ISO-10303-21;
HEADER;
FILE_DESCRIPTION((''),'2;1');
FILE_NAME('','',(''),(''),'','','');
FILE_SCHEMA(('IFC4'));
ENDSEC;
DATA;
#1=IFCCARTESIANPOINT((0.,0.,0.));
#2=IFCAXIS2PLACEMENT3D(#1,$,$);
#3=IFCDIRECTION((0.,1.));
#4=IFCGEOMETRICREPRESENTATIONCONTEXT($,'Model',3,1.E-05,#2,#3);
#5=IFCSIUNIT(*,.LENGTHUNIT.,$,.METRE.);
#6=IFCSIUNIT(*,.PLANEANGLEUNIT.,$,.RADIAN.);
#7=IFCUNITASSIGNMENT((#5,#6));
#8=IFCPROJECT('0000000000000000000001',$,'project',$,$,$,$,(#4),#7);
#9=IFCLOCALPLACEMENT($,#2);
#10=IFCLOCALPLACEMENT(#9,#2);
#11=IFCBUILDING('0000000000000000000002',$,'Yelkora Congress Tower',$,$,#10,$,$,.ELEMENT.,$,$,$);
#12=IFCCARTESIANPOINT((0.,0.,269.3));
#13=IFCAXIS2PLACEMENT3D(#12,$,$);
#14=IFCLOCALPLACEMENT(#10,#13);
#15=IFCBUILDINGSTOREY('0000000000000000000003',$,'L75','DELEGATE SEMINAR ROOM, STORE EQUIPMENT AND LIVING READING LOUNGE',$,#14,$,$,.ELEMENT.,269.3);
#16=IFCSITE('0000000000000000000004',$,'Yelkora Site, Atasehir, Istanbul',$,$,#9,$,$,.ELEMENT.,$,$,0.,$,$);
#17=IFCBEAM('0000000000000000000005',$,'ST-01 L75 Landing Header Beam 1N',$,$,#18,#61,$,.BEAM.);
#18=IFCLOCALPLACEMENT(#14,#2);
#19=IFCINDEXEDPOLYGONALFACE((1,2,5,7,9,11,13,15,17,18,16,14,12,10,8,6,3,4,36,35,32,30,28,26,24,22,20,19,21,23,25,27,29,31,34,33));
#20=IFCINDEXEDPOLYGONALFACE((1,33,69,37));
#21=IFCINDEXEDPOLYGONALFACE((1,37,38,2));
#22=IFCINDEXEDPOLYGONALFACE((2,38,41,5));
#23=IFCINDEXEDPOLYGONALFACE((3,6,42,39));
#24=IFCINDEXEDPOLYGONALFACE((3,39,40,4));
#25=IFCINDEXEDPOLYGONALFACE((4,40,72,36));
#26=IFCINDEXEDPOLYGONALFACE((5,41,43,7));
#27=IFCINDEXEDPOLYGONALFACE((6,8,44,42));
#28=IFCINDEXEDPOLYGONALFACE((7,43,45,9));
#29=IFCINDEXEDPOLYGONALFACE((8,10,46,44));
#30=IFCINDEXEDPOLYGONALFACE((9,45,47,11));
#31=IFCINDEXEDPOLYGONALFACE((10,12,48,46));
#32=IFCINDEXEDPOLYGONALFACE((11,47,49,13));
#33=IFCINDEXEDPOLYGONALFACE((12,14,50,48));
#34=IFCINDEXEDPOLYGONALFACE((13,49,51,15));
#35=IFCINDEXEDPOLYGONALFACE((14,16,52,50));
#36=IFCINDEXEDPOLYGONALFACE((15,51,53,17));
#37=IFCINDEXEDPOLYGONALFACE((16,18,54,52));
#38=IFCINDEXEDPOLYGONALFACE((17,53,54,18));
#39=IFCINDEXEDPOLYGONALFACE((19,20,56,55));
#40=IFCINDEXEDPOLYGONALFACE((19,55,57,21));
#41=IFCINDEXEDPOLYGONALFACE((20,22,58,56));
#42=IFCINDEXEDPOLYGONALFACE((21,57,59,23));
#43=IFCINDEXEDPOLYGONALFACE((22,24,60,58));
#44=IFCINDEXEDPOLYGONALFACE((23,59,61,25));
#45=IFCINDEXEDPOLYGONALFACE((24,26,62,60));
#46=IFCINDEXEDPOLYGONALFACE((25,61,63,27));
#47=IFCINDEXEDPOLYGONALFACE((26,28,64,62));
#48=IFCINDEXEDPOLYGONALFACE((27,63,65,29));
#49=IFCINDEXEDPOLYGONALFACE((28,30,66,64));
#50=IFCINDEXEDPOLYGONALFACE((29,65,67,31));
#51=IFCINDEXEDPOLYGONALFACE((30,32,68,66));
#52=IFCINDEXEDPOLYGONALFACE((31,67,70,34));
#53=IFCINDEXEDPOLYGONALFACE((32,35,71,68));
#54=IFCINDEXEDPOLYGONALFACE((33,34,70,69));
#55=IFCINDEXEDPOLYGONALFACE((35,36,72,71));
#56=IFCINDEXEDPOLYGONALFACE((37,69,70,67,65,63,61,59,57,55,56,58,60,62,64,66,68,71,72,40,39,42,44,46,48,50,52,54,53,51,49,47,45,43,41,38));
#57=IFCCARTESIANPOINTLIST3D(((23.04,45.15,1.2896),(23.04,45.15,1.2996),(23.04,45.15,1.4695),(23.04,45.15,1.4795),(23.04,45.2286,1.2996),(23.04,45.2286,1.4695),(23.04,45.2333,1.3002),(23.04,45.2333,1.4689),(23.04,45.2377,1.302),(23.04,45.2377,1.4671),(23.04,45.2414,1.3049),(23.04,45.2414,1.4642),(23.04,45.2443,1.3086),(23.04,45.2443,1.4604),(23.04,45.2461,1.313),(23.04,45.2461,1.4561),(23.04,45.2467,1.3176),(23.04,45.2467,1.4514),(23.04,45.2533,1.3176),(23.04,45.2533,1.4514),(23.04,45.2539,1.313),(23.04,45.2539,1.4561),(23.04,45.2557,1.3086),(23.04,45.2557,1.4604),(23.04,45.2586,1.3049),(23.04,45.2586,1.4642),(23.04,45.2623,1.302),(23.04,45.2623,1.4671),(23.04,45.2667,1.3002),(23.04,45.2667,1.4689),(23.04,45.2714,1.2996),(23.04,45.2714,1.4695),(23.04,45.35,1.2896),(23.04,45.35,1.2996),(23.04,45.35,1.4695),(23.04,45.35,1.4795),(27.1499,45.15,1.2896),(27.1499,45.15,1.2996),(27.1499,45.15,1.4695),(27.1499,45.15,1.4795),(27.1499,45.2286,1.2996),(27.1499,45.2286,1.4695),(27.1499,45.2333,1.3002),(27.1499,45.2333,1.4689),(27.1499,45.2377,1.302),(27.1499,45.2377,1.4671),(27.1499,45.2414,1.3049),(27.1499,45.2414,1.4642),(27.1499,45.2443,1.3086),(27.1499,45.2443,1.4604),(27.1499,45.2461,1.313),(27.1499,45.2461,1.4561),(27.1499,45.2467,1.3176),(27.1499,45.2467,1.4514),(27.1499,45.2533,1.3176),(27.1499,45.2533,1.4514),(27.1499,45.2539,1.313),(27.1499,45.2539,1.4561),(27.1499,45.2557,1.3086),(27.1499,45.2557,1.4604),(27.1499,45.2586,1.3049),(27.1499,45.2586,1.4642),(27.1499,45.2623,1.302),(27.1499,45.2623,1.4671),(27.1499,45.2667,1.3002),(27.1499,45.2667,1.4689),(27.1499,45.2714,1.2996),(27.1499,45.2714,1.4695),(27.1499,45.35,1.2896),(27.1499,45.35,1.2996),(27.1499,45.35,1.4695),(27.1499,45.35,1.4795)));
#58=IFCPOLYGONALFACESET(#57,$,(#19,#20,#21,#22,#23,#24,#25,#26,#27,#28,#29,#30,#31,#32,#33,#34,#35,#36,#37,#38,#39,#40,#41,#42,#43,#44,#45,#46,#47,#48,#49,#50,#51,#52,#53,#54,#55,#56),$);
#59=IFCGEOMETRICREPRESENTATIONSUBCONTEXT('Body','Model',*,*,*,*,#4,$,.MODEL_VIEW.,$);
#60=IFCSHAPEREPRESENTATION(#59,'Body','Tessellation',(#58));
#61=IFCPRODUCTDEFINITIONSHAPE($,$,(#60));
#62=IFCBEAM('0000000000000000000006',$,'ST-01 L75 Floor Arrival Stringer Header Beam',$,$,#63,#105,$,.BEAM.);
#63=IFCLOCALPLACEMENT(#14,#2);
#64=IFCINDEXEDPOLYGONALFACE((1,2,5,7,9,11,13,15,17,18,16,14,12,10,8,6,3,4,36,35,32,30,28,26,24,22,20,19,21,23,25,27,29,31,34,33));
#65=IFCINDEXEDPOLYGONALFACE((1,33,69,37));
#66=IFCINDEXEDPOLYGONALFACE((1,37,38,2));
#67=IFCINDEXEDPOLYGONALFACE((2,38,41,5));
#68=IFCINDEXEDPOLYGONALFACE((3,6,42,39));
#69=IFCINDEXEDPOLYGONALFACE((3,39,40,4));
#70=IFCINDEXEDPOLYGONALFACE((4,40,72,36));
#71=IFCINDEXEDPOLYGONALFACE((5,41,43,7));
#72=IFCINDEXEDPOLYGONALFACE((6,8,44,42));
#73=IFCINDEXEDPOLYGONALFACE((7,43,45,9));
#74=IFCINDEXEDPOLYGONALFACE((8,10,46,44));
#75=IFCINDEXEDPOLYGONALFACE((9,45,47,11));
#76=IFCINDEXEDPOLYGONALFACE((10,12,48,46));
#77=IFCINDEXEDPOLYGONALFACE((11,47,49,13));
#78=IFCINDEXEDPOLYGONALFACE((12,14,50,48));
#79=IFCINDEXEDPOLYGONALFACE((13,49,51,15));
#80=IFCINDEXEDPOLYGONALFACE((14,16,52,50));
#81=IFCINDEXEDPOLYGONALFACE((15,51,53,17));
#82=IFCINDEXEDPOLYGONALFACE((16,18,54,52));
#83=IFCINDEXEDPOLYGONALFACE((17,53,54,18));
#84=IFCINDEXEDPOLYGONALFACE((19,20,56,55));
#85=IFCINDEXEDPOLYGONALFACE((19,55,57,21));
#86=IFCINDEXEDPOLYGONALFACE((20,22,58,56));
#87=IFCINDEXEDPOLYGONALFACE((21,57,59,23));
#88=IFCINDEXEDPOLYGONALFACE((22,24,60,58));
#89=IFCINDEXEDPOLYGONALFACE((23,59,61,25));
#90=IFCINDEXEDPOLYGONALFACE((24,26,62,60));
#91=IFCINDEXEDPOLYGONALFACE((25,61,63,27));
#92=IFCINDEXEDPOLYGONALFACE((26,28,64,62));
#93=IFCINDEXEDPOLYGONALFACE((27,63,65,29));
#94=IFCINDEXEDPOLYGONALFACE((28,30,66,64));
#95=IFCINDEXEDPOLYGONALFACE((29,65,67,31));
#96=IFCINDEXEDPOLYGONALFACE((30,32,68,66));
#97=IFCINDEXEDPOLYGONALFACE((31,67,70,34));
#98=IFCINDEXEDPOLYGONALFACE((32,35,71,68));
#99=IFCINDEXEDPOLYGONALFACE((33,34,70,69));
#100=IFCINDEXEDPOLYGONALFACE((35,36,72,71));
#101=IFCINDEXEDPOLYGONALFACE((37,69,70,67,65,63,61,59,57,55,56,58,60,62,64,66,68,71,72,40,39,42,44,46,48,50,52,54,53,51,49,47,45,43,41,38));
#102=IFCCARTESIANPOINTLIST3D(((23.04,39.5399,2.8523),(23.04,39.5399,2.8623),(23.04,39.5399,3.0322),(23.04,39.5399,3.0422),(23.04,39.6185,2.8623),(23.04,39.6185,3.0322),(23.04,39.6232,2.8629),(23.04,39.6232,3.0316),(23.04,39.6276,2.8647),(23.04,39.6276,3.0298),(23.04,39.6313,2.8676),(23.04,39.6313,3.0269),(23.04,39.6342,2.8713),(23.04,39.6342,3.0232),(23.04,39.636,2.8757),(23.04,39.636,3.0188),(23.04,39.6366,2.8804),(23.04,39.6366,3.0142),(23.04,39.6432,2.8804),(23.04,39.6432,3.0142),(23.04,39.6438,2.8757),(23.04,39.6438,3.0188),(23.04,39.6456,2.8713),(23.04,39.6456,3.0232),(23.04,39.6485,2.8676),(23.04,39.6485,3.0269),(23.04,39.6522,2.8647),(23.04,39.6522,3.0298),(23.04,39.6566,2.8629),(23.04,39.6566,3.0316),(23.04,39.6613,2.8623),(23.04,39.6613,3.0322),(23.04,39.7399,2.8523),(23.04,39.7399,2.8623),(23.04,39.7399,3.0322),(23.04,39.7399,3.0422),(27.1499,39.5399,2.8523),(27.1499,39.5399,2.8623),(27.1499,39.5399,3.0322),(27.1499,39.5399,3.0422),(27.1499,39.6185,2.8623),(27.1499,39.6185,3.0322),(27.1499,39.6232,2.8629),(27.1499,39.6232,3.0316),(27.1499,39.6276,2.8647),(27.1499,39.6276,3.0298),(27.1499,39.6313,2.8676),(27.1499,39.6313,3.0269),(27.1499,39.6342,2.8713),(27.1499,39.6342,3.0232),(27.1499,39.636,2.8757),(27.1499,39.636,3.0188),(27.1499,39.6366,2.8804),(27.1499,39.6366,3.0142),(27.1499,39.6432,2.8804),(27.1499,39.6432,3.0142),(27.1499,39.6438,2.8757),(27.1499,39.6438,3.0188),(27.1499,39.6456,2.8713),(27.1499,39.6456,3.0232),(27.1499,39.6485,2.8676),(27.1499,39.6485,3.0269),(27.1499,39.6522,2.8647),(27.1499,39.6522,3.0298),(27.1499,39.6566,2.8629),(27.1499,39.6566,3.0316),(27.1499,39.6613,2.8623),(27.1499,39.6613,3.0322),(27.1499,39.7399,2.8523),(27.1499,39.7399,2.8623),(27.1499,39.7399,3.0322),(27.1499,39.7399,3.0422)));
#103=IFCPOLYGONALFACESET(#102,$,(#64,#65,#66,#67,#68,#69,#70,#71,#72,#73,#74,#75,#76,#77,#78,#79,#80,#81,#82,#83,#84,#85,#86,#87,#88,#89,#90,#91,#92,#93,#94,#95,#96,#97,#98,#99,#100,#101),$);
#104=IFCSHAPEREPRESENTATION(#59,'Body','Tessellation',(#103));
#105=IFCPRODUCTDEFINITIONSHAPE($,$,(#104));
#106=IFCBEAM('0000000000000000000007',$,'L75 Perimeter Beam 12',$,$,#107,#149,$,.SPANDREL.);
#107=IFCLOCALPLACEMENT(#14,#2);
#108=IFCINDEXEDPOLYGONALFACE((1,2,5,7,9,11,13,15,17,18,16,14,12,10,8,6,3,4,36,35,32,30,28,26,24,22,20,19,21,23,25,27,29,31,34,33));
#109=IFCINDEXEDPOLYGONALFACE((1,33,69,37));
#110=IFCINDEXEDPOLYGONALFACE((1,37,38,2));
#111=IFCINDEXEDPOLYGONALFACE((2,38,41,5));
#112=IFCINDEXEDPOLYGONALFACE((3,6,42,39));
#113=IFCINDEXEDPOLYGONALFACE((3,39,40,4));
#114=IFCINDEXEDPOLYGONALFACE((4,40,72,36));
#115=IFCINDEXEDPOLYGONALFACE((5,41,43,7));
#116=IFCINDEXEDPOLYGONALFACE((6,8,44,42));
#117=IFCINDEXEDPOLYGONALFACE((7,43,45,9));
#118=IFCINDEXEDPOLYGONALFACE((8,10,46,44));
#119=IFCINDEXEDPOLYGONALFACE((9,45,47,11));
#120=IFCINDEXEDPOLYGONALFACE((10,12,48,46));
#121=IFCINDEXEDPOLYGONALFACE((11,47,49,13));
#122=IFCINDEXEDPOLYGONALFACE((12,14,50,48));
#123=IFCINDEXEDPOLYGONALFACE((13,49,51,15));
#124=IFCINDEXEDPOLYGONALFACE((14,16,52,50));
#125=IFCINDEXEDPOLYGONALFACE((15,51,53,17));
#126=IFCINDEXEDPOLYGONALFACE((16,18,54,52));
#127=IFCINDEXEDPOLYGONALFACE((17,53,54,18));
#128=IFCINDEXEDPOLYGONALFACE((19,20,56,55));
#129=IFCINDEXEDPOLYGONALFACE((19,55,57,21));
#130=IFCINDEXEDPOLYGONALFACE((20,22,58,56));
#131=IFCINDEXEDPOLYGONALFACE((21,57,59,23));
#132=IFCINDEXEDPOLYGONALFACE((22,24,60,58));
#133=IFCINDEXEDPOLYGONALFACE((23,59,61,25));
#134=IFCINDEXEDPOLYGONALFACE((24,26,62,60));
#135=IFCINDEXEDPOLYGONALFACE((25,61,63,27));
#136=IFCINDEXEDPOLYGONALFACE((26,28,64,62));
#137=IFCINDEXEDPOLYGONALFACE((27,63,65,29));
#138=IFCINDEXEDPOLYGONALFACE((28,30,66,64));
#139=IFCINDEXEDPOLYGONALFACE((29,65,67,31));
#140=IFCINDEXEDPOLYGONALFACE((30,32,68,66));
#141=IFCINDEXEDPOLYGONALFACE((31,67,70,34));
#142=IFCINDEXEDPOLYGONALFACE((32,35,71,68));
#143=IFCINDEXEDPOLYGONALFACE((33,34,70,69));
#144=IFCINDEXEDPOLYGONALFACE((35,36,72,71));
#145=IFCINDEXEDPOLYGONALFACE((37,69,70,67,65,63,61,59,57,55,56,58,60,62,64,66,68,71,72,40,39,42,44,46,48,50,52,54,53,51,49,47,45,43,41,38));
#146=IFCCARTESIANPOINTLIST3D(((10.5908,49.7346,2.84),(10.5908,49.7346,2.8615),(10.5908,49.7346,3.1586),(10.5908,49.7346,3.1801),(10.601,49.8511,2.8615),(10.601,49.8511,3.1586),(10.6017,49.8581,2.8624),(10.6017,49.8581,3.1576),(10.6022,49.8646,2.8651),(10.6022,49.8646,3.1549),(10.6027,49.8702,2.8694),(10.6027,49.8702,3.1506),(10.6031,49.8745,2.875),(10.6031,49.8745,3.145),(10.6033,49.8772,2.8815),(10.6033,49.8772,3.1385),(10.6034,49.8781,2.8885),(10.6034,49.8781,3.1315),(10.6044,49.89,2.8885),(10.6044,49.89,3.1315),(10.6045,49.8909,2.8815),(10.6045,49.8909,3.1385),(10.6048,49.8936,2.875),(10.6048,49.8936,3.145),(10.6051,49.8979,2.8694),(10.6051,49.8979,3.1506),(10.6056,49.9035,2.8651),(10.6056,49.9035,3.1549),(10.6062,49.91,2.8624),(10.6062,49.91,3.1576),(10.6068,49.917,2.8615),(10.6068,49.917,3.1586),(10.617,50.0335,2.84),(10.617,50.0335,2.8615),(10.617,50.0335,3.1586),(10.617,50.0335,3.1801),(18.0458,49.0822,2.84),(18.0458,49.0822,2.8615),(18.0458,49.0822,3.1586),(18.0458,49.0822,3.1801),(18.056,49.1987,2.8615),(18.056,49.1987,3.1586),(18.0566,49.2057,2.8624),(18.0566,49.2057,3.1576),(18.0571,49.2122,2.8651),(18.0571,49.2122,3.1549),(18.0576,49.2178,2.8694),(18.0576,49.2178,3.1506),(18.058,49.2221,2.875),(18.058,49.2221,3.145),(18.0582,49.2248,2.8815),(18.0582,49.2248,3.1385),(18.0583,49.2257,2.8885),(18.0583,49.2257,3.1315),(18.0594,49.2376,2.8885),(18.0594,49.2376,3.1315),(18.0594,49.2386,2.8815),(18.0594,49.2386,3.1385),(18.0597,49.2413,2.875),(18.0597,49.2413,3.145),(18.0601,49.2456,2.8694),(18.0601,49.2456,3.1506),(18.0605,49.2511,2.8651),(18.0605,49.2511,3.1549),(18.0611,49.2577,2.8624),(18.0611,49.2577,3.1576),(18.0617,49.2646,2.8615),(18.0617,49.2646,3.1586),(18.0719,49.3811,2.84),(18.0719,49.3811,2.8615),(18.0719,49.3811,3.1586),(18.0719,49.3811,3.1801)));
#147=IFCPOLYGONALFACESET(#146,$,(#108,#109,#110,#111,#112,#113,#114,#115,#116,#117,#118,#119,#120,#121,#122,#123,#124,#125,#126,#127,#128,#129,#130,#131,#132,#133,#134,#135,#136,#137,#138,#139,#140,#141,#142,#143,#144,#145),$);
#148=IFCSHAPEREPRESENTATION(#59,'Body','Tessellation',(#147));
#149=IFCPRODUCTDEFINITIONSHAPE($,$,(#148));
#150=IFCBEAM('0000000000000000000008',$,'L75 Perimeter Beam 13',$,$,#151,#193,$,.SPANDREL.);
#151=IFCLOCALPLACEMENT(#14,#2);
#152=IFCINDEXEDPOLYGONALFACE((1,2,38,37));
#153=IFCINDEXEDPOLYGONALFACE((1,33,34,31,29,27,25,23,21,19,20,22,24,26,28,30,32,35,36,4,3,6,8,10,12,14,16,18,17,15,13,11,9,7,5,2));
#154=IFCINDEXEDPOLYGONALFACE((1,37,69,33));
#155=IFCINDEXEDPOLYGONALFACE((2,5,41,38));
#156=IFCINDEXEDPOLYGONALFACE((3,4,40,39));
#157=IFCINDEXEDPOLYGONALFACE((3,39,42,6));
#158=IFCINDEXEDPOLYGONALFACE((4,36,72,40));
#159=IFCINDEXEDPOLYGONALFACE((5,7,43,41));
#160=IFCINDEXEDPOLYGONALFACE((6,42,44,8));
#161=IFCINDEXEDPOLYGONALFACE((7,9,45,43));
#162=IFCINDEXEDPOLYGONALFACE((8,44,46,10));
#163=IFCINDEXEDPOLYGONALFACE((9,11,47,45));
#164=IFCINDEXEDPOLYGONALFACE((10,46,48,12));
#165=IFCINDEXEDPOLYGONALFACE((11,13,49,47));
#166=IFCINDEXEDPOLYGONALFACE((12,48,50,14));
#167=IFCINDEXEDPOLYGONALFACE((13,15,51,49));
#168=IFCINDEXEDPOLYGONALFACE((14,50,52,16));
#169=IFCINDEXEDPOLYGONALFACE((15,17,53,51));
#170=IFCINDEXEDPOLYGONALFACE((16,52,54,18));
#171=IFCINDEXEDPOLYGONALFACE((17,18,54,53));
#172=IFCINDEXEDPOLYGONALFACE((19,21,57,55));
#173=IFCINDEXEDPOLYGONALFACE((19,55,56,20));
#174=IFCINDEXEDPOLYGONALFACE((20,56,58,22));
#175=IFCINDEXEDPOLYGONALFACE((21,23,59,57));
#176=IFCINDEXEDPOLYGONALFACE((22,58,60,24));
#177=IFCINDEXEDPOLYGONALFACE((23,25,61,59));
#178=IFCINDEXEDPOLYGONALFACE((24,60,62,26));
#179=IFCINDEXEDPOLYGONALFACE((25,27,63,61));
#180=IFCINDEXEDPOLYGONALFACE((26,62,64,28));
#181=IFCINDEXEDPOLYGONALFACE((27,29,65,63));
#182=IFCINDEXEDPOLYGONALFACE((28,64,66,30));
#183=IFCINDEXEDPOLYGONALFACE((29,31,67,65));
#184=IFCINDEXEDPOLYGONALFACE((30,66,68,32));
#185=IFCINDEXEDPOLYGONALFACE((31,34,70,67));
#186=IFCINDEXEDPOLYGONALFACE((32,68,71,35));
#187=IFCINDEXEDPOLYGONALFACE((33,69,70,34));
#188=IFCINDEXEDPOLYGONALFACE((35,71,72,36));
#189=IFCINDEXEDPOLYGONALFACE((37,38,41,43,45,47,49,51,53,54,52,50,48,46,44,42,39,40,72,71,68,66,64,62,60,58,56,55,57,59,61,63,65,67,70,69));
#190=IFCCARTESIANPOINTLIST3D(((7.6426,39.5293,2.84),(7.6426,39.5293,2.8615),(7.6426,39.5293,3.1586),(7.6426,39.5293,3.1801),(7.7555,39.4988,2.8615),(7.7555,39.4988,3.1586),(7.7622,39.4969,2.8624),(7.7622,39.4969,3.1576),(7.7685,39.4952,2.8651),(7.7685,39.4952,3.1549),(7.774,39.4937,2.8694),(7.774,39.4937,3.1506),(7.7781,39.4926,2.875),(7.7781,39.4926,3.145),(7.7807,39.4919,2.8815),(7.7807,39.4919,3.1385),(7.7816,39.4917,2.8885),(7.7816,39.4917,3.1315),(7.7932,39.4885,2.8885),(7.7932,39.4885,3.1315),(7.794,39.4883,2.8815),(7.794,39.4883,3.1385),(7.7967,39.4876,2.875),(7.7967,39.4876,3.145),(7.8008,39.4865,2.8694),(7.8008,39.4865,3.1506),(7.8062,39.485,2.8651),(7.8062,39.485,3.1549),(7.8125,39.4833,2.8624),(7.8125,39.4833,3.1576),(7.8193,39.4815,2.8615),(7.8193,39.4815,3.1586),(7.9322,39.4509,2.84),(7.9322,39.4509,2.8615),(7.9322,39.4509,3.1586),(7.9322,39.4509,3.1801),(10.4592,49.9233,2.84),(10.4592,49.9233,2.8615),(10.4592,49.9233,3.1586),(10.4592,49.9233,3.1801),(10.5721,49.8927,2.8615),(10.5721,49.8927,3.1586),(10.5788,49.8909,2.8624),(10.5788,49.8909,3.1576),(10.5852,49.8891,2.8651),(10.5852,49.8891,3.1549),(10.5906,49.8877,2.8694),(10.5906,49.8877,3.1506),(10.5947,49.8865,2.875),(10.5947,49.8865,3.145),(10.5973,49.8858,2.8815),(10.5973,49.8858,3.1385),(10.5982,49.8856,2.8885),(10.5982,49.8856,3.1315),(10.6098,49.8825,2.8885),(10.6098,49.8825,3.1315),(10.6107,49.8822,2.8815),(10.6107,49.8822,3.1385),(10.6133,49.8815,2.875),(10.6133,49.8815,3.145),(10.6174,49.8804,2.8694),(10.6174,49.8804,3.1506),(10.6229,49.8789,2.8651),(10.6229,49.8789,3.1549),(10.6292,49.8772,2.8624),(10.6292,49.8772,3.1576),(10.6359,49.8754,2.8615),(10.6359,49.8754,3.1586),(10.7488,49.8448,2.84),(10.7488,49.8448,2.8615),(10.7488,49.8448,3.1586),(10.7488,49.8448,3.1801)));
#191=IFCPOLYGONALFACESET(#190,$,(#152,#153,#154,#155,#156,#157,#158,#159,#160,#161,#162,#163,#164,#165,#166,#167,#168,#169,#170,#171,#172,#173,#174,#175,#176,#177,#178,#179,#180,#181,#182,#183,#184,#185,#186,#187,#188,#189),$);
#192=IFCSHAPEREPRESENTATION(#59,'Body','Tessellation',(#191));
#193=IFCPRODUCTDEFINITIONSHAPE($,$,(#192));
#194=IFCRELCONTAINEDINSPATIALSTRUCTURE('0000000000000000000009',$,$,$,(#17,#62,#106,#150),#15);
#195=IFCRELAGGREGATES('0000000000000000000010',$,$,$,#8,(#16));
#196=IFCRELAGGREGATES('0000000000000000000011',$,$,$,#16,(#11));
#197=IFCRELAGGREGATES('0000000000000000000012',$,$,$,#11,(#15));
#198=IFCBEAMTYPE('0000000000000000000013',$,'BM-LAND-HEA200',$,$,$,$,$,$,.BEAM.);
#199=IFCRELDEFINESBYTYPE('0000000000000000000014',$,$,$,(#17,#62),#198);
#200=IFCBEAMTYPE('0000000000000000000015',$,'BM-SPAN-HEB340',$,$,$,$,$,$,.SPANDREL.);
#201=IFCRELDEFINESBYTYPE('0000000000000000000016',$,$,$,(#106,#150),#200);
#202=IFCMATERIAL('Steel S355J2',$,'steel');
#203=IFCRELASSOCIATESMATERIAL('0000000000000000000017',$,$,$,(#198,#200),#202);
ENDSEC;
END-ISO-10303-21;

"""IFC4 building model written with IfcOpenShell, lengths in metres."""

from ifc_helpers import new_model, si_unit, direction, frame, origin, origin_2d, place, context, subcontext, project, spatial, i_section, extrude, material, material_profile, profile_set, type_object, element, save


model = new_model("IFC4")

# Units and contexts
model_context = context("Model", 3, precision=1e-05, world=origin(), true_north=direction((0.0, 1.0)))
body_context = subcontext(model_context, "Body", "Model", "MODEL_VIEW")
ifc_project = project(units=[si_unit("LENGTHUNIT", "METRE"), si_unit("PLANEANGLEUNIT", "RADIAN")], contexts=[model_context])

# Site, building, storey
site_placement = place(None, origin())
site = spatial("IfcSite", under=ifc_project, at=site_placement, Name="Yelkora Site, Atasehir, Istanbul", CompositionType="ELEMENT", RefElevation=0.0)
building_placement = place(site_placement, origin())
building = spatial("IfcBuilding", under=site, at=building_placement, Name="Yelkora Congress Tower", CompositionType="ELEMENT")
storey_placement = place(building_placement, frame((0.0, 0.0, 269.3)))
storey = spatial("IfcBuildingStorey", under=building, at=storey_placement, Name="L75", Description="DELEGATE SEMINAR ROOM, STORE EQUIPMENT AND LIVING READING LOUNGE", CompositionType="ELEMENT", Elevation=269.3)

# Shared definitions
ifc_material_1 = material(Name="Steel S355J2", Category="steel")

# Beams
ifc_material_profile_1 = material_profile(ifc_material_1, i_section(OverallWidth=0.2, OverallDepth=0.1899, WebThickness=0.0066, FlangeThickness=0.01, FilletRadius=0.0181, at=origin_2d()), Name="HEA 200")
ifc_profile_set_1 = profile_set([ifc_material_profile_1], Name="Steel S355J2")
beam_type_1 = type_object("IfcBeamType", Name="BM-LAND-HEA200", PredefinedType="BEAM", material=ifc_profile_set_1)
for number, where, z_axis, x_axis, name in (
    (1, (23.04, 45.25, 1.3845), (1.0, 0.0, 0.0), (0.0, 1.0, 0.0), "ST-01 L75 Landing Header Beam 1N"),
    (2, (23.04, 39.6399, 2.9473), (1.0, 0.0, 0.0), (0.0, 1.0, 0.0), "ST-01 L75 Floor Arrival Stringer Header Beam"),
):
    element("IfcBeam", number, at=place(storey_placement, frame(where, z_axis=z_axis, x_axis=x_axis)), inside=storey, type_object=beam_type_1, Name=name, PredefinedType="BEAM", context=body_context, shape_type="SweptSolid", body=[
        extrude(i_section(OverallWidth=0.2, OverallDepth=0.1899, WebThickness=0.0066, FlangeThickness=0.01, FilletRadius=0.0181, at=origin_2d()), origin(), (0.0, 0.0, 1.0), 4.1099),
    ])
ifc_material_profile_2 = material_profile(ifc_material_1, i_section(OverallWidth=0.3, OverallDepth=0.3401, WebThickness=0.012, FlangeThickness=0.0215, FilletRadius=0.0271, at=origin_2d()), Name="HEB 340")
ifc_profile_set_2 = profile_set([ifc_material_profile_2], Name="Steel S355J2")
beam_type_2 = type_object("IfcBeamType", Name="BM-SPAN-HEB340", PredefinedType="SPANDREL", material=ifc_profile_set_2)
beam_1_placement = place(storey_placement, frame((18.0588, 49.2317, 3.01), z_axis=(-0.996193, 0.087173, 0.0), x_axis=(-0.087173, -0.996193, 0.0)))
element("IfcBeam", 3, at=beam_1_placement, inside=storey, type_object=beam_type_2, Name="L75 Perimeter Beam 12", PredefinedType="SPANDREL", context=body_context, shape_type="SweptSolid", body=[
    extrude(i_section(OverallWidth=0.3, OverallDepth=0.3401, WebThickness=0.012, FlangeThickness=0.0215, FilletRadius=0.0271, at=origin_2d()), origin(), (0.0, 0.0, 1.0), 7.4834),
])
beam_2_placement = place(storey_placement, frame((10.604, 49.884, 3.01), z_axis=(-0.261554, -0.965189, 0.0), x_axis=(0.965189, -0.261554, 0.0)))
element("IfcBeam", 4, at=beam_2_placement, inside=storey, type_object=beam_type_2, Name="L75 Perimeter Beam 13", PredefinedType="SPANDREL", context=body_context, shape_type="SweptSolid", body=[
    extrude(i_section(OverallWidth=0.3, OverallDepth=0.3401, WebThickness=0.012, FlangeThickness=0.0215, FilletRadius=0.0271, at=origin_2d()), origin(), (0.0, 0.0, 1.0), 10.7688),
])

save(model, "model.ifc")
